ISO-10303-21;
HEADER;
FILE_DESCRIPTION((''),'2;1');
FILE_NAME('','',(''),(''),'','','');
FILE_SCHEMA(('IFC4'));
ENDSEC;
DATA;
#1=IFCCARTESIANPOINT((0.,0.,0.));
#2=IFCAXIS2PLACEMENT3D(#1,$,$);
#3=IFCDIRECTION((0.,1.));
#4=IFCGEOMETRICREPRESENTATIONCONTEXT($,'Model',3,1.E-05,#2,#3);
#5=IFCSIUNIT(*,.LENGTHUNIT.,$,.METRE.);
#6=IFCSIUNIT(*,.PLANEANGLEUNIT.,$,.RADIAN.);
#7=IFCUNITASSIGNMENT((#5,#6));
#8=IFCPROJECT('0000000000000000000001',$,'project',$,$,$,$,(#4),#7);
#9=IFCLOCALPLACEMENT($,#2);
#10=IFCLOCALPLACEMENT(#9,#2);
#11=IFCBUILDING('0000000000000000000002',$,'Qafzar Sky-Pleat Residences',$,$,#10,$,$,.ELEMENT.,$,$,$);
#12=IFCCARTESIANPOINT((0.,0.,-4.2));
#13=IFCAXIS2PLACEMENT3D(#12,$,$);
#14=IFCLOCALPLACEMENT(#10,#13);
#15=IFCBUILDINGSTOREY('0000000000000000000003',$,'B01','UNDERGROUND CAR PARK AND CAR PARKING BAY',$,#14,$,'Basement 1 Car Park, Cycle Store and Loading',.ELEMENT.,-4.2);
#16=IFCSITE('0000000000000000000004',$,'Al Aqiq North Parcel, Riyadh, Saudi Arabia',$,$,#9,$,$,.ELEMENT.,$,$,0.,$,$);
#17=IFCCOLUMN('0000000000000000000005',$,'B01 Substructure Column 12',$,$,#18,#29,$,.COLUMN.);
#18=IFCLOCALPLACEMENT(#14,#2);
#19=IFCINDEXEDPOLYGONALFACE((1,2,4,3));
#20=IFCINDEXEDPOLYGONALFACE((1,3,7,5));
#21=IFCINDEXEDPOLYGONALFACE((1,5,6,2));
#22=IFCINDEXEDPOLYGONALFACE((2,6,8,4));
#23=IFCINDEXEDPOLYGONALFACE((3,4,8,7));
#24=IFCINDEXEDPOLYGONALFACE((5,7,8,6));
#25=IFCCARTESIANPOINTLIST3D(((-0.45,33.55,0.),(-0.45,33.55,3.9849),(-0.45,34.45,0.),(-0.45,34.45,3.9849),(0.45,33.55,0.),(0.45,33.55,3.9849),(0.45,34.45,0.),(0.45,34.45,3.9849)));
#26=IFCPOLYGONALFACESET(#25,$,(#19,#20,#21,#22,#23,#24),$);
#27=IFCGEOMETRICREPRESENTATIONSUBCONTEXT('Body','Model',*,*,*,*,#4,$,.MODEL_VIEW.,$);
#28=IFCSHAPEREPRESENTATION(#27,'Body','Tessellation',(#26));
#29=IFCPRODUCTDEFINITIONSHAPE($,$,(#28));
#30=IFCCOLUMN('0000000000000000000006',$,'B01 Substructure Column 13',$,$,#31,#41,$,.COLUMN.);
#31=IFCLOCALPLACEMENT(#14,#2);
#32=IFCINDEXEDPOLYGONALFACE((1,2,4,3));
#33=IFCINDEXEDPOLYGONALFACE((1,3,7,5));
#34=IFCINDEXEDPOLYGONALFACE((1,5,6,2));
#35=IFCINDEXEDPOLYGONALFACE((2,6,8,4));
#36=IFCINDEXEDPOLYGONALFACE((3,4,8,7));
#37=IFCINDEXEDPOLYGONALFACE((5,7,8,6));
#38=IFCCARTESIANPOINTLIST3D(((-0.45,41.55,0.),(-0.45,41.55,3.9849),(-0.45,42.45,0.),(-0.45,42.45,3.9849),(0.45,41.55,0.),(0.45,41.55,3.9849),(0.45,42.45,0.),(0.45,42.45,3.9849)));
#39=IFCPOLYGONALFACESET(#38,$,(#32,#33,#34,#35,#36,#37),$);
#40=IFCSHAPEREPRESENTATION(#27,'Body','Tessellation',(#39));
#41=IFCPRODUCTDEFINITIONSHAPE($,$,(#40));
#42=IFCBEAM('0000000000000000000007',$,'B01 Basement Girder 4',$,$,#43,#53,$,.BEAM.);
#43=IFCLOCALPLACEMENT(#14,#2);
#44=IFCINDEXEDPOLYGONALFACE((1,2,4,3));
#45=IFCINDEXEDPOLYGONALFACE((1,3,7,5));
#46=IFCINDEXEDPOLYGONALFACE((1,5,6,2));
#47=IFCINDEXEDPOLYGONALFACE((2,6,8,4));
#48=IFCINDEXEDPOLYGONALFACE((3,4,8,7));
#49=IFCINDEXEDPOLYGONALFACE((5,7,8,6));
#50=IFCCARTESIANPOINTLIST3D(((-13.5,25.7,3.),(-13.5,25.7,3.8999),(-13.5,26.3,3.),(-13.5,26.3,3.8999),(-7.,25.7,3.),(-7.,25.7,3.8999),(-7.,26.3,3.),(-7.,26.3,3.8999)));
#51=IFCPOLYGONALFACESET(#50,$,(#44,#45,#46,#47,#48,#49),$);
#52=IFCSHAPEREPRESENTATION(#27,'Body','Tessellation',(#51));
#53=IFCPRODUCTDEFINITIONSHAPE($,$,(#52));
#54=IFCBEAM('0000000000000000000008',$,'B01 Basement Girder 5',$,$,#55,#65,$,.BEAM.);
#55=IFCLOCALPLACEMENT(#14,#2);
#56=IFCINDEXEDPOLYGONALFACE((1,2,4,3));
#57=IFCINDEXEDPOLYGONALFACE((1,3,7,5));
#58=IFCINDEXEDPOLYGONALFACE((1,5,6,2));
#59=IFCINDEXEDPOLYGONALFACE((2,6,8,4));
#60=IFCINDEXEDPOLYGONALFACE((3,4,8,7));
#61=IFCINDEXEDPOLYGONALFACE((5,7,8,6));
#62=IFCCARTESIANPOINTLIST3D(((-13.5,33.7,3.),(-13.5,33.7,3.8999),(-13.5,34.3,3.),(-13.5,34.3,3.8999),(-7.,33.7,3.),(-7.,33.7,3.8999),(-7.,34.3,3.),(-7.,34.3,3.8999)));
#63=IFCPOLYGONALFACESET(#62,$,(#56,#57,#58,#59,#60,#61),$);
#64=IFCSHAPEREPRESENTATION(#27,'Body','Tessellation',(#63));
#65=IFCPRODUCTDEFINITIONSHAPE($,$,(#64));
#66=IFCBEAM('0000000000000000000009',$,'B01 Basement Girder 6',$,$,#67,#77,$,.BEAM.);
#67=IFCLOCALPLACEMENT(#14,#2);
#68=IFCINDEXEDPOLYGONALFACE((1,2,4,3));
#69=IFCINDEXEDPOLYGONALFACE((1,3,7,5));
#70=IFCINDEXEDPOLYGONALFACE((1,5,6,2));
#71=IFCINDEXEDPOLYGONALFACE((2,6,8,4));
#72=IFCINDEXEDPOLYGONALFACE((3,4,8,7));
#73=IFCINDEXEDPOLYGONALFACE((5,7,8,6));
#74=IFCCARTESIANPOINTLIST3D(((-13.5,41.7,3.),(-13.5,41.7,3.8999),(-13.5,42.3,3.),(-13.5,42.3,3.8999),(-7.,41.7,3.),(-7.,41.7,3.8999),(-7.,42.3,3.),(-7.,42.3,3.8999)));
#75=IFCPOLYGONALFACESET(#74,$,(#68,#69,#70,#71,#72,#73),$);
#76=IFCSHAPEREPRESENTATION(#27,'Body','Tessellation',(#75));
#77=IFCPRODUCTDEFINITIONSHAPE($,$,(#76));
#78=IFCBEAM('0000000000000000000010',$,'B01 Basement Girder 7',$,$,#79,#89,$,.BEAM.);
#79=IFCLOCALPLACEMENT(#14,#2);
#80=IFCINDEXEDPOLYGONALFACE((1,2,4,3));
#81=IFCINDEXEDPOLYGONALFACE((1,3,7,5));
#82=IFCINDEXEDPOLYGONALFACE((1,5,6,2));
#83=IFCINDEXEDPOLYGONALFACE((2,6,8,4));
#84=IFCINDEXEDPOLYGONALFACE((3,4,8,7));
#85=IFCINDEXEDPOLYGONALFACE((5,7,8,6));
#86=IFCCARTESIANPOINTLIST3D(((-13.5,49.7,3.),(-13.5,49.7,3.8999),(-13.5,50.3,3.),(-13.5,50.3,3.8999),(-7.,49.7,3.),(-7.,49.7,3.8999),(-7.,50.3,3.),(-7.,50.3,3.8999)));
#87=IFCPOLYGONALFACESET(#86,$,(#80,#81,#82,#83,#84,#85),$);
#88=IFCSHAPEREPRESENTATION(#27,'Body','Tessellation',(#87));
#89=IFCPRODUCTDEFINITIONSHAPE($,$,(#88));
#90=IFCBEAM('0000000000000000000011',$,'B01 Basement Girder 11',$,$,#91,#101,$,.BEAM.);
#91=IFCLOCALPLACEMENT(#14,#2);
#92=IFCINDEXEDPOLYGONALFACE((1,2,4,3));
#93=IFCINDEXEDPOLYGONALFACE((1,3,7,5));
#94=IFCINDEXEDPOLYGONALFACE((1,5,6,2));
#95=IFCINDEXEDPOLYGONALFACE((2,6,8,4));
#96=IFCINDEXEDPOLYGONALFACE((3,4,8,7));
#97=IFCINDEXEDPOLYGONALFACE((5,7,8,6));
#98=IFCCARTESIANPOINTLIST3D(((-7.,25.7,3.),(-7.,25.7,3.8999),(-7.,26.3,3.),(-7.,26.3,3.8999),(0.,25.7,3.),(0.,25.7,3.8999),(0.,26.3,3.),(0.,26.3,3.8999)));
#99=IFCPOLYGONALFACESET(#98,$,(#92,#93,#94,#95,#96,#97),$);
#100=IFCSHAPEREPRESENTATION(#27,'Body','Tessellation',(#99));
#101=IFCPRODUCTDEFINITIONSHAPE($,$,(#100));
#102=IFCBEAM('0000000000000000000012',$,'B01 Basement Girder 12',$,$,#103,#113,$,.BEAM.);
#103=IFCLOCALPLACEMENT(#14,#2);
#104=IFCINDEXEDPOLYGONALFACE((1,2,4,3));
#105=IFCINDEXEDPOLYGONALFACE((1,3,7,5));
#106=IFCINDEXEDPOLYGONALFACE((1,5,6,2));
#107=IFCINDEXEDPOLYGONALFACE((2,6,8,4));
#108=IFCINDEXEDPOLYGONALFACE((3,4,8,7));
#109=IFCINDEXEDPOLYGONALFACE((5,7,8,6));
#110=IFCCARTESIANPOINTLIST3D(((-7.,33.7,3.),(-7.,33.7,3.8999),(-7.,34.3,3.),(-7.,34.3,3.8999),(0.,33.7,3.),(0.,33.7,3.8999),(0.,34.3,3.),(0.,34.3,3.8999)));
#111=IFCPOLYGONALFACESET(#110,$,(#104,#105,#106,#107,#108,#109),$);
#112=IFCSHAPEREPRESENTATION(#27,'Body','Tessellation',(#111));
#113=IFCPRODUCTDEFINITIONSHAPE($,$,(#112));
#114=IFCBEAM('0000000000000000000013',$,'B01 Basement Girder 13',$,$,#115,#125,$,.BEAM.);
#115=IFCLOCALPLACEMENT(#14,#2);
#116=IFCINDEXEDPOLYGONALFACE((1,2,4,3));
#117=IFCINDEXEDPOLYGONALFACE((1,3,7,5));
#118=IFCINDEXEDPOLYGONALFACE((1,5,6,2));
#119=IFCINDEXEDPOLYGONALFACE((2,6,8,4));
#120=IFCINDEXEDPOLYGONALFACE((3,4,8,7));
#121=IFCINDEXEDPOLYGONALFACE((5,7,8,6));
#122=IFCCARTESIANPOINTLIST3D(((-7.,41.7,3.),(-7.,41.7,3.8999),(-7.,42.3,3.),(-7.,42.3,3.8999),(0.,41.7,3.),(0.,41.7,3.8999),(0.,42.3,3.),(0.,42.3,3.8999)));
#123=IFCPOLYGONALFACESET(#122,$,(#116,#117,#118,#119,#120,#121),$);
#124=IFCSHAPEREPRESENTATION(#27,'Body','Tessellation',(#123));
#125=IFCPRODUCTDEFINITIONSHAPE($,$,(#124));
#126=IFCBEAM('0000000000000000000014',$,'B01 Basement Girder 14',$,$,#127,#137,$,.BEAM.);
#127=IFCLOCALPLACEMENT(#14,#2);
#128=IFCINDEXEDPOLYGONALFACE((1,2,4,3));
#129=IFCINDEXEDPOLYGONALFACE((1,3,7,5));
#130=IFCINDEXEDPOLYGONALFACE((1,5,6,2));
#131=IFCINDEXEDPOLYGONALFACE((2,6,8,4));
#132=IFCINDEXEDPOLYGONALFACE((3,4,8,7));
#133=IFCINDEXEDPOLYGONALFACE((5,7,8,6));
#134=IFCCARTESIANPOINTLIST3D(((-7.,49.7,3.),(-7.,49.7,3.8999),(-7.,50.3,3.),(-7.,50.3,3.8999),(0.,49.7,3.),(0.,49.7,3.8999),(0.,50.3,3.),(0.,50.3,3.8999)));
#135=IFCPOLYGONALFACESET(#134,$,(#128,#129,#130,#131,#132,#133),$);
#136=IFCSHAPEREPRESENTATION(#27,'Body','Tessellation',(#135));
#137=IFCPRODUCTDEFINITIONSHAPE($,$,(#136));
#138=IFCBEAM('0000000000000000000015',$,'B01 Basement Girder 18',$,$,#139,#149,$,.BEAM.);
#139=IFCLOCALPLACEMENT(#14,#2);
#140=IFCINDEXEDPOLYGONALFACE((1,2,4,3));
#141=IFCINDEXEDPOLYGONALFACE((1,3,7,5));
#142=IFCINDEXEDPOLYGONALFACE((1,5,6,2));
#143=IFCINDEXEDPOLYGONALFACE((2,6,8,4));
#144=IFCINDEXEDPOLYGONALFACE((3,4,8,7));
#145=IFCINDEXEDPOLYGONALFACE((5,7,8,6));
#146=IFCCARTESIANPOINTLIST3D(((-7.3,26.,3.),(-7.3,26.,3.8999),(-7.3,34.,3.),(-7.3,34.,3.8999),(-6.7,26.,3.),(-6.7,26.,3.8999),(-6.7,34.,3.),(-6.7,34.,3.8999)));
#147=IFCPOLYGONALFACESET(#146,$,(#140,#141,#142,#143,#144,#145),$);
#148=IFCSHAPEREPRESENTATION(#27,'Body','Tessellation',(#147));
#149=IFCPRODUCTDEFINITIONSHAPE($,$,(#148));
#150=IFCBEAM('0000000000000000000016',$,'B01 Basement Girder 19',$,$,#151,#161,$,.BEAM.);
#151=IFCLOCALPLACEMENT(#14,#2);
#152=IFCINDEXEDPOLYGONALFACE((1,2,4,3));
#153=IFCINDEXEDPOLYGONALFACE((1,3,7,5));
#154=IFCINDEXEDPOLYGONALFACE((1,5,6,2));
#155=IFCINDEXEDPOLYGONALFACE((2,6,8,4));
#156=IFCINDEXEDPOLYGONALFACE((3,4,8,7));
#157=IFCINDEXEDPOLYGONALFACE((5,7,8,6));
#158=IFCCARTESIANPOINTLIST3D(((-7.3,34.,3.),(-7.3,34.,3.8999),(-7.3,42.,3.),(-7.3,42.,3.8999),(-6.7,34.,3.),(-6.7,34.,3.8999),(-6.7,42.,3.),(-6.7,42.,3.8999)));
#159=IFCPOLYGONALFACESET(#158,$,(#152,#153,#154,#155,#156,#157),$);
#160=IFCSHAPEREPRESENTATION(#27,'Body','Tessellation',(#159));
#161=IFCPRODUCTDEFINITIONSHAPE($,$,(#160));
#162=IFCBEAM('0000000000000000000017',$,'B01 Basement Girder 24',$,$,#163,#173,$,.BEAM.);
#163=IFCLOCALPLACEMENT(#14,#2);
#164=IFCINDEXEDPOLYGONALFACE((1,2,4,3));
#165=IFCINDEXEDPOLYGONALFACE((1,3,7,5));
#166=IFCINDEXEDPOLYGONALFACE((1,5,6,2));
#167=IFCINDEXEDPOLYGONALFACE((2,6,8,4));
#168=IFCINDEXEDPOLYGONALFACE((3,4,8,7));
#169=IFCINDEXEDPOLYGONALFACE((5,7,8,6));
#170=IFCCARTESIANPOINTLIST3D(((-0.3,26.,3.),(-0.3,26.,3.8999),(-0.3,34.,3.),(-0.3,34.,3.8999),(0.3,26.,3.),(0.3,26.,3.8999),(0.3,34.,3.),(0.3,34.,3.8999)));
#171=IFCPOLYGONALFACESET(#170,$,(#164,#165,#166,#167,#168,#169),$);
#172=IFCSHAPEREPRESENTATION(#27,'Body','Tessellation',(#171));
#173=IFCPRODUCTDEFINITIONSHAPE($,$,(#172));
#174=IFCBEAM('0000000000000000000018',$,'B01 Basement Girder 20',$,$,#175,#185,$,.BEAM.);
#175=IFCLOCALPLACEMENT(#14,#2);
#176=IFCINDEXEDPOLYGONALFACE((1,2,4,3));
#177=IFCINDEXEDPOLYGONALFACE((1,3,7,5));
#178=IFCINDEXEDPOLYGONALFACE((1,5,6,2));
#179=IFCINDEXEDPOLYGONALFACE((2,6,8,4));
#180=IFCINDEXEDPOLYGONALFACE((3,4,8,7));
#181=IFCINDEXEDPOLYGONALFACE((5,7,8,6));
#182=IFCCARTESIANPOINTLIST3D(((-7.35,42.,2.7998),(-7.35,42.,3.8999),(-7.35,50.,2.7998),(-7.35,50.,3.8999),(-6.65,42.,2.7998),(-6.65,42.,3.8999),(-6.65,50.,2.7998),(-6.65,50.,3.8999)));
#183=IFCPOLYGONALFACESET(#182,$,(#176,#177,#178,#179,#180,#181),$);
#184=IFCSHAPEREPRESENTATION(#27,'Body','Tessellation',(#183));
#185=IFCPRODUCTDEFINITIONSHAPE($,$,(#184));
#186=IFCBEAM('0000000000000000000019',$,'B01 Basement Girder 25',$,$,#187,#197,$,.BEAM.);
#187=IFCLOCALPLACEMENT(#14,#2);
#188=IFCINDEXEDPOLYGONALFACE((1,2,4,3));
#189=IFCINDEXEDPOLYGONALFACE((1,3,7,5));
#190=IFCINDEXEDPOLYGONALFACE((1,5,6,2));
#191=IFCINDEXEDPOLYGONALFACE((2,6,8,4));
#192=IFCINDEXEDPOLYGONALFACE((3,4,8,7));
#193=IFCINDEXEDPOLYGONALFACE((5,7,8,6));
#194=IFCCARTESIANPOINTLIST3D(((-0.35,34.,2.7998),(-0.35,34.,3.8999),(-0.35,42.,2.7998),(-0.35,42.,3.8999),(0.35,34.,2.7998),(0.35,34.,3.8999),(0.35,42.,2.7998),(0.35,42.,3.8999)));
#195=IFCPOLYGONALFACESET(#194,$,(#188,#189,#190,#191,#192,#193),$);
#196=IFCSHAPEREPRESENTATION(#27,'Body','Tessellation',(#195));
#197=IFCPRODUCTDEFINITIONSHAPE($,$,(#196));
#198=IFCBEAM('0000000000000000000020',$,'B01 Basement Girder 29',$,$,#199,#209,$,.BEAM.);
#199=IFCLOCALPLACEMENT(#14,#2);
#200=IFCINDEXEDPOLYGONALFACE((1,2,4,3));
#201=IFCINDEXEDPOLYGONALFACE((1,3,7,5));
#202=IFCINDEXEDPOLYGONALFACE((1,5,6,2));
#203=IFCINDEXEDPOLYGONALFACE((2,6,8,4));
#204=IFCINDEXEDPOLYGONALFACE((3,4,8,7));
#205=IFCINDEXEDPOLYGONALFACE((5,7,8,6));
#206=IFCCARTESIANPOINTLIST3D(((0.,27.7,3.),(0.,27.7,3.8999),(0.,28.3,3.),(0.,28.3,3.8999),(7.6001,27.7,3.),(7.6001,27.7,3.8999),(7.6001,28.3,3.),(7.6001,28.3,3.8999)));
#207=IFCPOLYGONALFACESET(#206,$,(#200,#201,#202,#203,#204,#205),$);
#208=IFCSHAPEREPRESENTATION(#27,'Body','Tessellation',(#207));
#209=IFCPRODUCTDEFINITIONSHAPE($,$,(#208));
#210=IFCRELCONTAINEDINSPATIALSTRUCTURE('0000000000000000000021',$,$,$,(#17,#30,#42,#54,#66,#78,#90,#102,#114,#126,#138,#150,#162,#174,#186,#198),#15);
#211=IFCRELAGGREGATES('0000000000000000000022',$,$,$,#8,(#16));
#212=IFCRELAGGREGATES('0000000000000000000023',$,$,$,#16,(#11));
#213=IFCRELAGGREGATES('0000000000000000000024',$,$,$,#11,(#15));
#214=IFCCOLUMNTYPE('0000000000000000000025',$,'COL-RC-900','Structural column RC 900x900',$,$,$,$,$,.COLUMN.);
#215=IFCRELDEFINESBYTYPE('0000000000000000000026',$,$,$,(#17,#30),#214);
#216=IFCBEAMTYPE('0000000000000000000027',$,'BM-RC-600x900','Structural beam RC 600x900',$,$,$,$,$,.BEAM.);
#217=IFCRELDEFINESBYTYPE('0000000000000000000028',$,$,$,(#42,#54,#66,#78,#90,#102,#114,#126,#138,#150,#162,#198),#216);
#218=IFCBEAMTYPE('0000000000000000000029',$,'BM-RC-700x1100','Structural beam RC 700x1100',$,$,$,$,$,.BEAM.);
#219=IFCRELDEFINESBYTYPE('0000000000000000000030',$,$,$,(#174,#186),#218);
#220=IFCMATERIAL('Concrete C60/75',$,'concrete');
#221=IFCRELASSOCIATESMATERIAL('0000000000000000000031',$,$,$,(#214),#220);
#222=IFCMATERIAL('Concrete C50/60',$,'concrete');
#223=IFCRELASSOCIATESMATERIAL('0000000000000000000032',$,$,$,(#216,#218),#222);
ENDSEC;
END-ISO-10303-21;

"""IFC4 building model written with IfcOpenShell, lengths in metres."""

from ifc_helpers import new_model, si_unit, direction, frame, origin, origin_2d, place, context, subcontext, project, spatial, rectangle, extrude, source, transform, mapped, material, material_profile, profile_set, type_object, element, save


model = new_model("IFC4")

# Units and contexts
model_context = context("Model", 3, precision=1e-05, world=origin(), true_north=direction((0.0, 1.0)))
body_context = subcontext(model_context, "Body", "Model", "MODEL_VIEW")
ifc_project = project(units=[si_unit("LENGTHUNIT", "METRE"), si_unit("PLANEANGLEUNIT", "RADIAN")], contexts=[model_context])

# Site, building, storey
site_placement = place(None, origin())
site = spatial("IfcSite", under=ifc_project, at=site_placement, Name="Al Aqiq North Parcel, Riyadh, Saudi Arabia", CompositionType="ELEMENT", RefElevation=0.0)
building_placement = place(site_placement, origin())
building = spatial("IfcBuilding", under=site, at=building_placement, Name="Qafzar Sky-Pleat Residences", CompositionType="ELEMENT")
storey_placement = place(building_placement, frame((0.0, 0.0, -4.2)))
storey = spatial("IfcBuildingStorey", under=building, at=storey_placement, Name="B01", Description="UNDERGROUND CAR PARK AND CAR PARKING BAY", LongName="Basement 1 Car Park, Cycle Store and Loading", CompositionType="ELEMENT", Elevation=-4.2)

# Columns
ifc_material_1 = material(Name="Concrete C60/75", Category="concrete")
ifc_material_profile_1 = material_profile(ifc_material_1, rectangle(XDim=0.8999, YDim=0.8999, at=origin_2d()), Name="RC 900x900")
ifc_profile_set_1 = profile_set([ifc_material_profile_1], Name="Concrete C60/75")
column_type_1 = type_object("IfcColumnType", Name="COL-RC-900", Description="Structural column RC 900x900", PredefinedType="COLUMN", material=ifc_profile_set_1)
shared_shape_1 = source(origin(), body_context, "Body", "SweptSolid", [
    extrude(rectangle(XDim=0.8999, YDim=0.8999, at=origin_2d()), origin(), (0.0, 0.0, 1.0), 3.9849),
])
for number, where, z_axis, x_axis, name in (
    (1, (0.0, 34.0, 0.0), (0.0, 0.0, 1.0), (1.0, 0.0, 0.0), "B01 Substructure Column 12"),
    (2, (0.0, 42.0, 0.0), (0.0, 0.0, 1.0), (1.0, 0.0, 0.0), "B01 Substructure Column 13"),
):
    element("IfcColumn", number, at=place(storey_placement, frame(where, z_axis=z_axis, x_axis=x_axis)), inside=storey, type_object=column_type_1, Name=name, PredefinedType="COLUMN", context=body_context, shape_type="MappedRepresentation", body=[
        mapped(shared_shape_1, transform((0.0, 0.0, 0.0), x_axis=(1.0, 0.0, 0.0), y_axis=(0.0, 1.0, 0.0), z_axis=(0.0, 0.0, 1.0), scale=1.0)),
    ])

# Beams
ifc_material_2 = material(Name="Concrete C50/60", Category="concrete")
ifc_material_profile_2 = material_profile(ifc_material_2, rectangle(XDim=0.6001, YDim=0.8999, at=origin_2d()), Name="RC 600x900")
ifc_profile_set_2 = profile_set([ifc_material_profile_2], Name="Concrete C50/60")
beam_type_1 = type_object("IfcBeamType", Name="BM-RC-600x900", Description="Structural beam RC 600x900", PredefinedType="BEAM", material=ifc_profile_set_2)
shared_shape_2 = source(origin(), body_context, "Body", "SweptSolid", [
    extrude(rectangle(XDim=0.6001, YDim=0.8999, at=origin_2d()), origin(), (0.0, 0.0, 1.0), 6.5),
])
for number, where, z_axis, x_axis, name in (
    (3, (-13.5, 26.0, 3.45), (1.0, 0.0, 0.0), (0.0, 1.0, 0.0), "B01 Basement Girder 4"),
    (4, (-13.5, 34.0, 3.45), (1.0, 0.0, 0.0), (0.0, 1.0, 0.0), "B01 Basement Girder 5"),
    (5, (-13.5, 42.0, 3.45), (1.0, 0.0, 0.0), (0.0, 1.0, 0.0), "B01 Basement Girder 6"),
    (6, (-13.5, 50.0, 3.45), (1.0, 0.0, 0.0), (0.0, 1.0, 0.0), "B01 Basement Girder 7"),
):
    element("IfcBeam", number, at=place(storey_placement, frame(where, z_axis=z_axis, x_axis=x_axis)), inside=storey, type_object=beam_type_1, Name=name, PredefinedType="BEAM", context=body_context, shape_type="MappedRepresentation", body=[
        mapped(shared_shape_2, transform((0.0, 0.0, 0.0), x_axis=(1.0, 0.0, 0.0), y_axis=(0.0, 1.0, 0.0), z_axis=(0.0, 0.0, 1.0), scale=1.0)),
    ])
shared_shape_3 = source(origin(), body_context, "Body", "SweptSolid", [
    extrude(rectangle(XDim=0.6001, YDim=0.8999, at=origin_2d()), origin(), (0.0, 0.0, 1.0), 7.0),
])
for number, where, z_axis, x_axis, name in (
    (7, (-7.0, 26.0, 3.45), (1.0, 0.0, 0.0), (0.0, 1.0, 0.0), "B01 Basement Girder 11"),
    (8, (-7.0, 34.0, 3.45), (1.0, 0.0, 0.0), (0.0, 1.0, 0.0), "B01 Basement Girder 12"),
    (9, (-7.0, 42.0, 3.45), (1.0, 0.0, 0.0), (0.0, 1.0, 0.0), "B01 Basement Girder 13"),
    (10, (-7.0, 50.0, 3.45), (1.0, 0.0, 0.0), (0.0, 1.0, 0.0), "B01 Basement Girder 14"),
):
    element("IfcBeam", number, at=place(storey_placement, frame(where, z_axis=z_axis, x_axis=x_axis)), inside=storey, type_object=beam_type_1, Name=name, PredefinedType="BEAM", context=body_context, shape_type="MappedRepresentation", body=[
        mapped(shared_shape_3, transform((0.0, 0.0, 0.0), x_axis=(1.0, 0.0, 0.0), y_axis=(0.0, 1.0, 0.0), z_axis=(0.0, 0.0, 1.0), scale=1.0)),
    ])
shared_shape_4 = source(origin(), body_context, "Body", "SweptSolid", [
    extrude(rectangle(XDim=0.6001, YDim=0.8999, at=origin_2d()), origin(), (0.0, 0.0, 1.0), 8.0),
])
for number, where, z_axis, x_axis, name in (
    (11, (-7.0, 26.0, 3.45), (0.0, 1.0, 0.0), (-1.0, 0.0, 0.0), "B01 Basement Girder 18"),
    (12, (-7.0, 34.0, 3.45), (0.0, 1.0, 0.0), (-1.0, 0.0, 0.0), "B01 Basement Girder 19"),
    (13, (0.0, 26.0, 3.45), (0.0, 1.0, 0.0), (-1.0, 0.0, 0.0), "B01 Basement Girder 24"),
):
    element("IfcBeam", number, at=place(storey_placement, frame(where, z_axis=z_axis, x_axis=x_axis)), inside=storey, type_object=beam_type_1, Name=name, PredefinedType="BEAM", context=body_context, shape_type="MappedRepresentation", body=[
        mapped(shared_shape_4, transform((0.0, 0.0, 0.0), x_axis=(1.0, 0.0, 0.0), y_axis=(0.0, 1.0, 0.0), z_axis=(0.0, 0.0, 1.0), scale=1.0)),
    ])
ifc_material_profile_3 = material_profile(ifc_material_2, rectangle(XDim=0.7, YDim=1.1001, at=origin_2d()), Name="RC 700x1100")
ifc_profile_set_3 = profile_set([ifc_material_profile_3], Name="Concrete C50/60")
beam_type_2 = type_object("IfcBeamType", Name="BM-RC-700x1100", Description="Structural beam RC 700x1100", PredefinedType="BEAM", material=ifc_profile_set_3)
shared_shape_5 = source(origin(), body_context, "Body", "SweptSolid", [
    extrude(rectangle(XDim=0.7, YDim=1.1001, at=origin_2d()), origin(), (0.0, 0.0, 1.0), 8.0),
])
for number, where, z_axis, x_axis, name in (
    (14, (-7.0, 42.0, 3.3499), (0.0, 1.0, 0.0), (-1.0, 0.0, 0.0), "B01 Basement Girder 20"),
    (15, (0.0, 34.0, 3.3499), (0.0, 1.0, 0.0), (-1.0, 0.0, 0.0), "B01 Basement Girder 25"),
):
    element("IfcBeam", number, at=place(storey_placement, frame(where, z_axis=z_axis, x_axis=x_axis)), inside=storey, type_object=beam_type_2, Name=name, PredefinedType="BEAM", context=body_context, shape_type="MappedRepresentation", body=[
        mapped(shared_shape_5, transform((0.0, 0.0, 0.0), x_axis=(1.0, 0.0, 0.0), y_axis=(0.0, 1.0, 0.0), z_axis=(0.0, 0.0, 1.0), scale=1.0)),
    ])
shared_shape_6 = source(origin(), body_context, "Body", "SweptSolid", [
    extrude(rectangle(XDim=0.6001, YDim=0.8999, at=origin_2d()), origin(), (0.0, 0.0, 1.0), 7.6001),
])
beam_1_placement = place(storey_placement, frame((0.0, 28.0, 3.45), z_axis=(1.0, 0.0, 0.0), x_axis=(0.0, 1.0, 0.0)))
element("IfcBeam", 16, at=beam_1_placement, inside=storey, type_object=beam_type_1, Name="B01 Basement Girder 29", PredefinedType="BEAM", context=body_context, shape_type="MappedRepresentation", body=[
    mapped(shared_shape_6, transform((0.0, 0.0, 0.0), x_axis=(1.0, 0.0, 0.0), y_axis=(0.0, 1.0, 0.0), z_axis=(0.0, 0.0, 1.0), scale=1.0)),
])

save(model, "model.ifc")
